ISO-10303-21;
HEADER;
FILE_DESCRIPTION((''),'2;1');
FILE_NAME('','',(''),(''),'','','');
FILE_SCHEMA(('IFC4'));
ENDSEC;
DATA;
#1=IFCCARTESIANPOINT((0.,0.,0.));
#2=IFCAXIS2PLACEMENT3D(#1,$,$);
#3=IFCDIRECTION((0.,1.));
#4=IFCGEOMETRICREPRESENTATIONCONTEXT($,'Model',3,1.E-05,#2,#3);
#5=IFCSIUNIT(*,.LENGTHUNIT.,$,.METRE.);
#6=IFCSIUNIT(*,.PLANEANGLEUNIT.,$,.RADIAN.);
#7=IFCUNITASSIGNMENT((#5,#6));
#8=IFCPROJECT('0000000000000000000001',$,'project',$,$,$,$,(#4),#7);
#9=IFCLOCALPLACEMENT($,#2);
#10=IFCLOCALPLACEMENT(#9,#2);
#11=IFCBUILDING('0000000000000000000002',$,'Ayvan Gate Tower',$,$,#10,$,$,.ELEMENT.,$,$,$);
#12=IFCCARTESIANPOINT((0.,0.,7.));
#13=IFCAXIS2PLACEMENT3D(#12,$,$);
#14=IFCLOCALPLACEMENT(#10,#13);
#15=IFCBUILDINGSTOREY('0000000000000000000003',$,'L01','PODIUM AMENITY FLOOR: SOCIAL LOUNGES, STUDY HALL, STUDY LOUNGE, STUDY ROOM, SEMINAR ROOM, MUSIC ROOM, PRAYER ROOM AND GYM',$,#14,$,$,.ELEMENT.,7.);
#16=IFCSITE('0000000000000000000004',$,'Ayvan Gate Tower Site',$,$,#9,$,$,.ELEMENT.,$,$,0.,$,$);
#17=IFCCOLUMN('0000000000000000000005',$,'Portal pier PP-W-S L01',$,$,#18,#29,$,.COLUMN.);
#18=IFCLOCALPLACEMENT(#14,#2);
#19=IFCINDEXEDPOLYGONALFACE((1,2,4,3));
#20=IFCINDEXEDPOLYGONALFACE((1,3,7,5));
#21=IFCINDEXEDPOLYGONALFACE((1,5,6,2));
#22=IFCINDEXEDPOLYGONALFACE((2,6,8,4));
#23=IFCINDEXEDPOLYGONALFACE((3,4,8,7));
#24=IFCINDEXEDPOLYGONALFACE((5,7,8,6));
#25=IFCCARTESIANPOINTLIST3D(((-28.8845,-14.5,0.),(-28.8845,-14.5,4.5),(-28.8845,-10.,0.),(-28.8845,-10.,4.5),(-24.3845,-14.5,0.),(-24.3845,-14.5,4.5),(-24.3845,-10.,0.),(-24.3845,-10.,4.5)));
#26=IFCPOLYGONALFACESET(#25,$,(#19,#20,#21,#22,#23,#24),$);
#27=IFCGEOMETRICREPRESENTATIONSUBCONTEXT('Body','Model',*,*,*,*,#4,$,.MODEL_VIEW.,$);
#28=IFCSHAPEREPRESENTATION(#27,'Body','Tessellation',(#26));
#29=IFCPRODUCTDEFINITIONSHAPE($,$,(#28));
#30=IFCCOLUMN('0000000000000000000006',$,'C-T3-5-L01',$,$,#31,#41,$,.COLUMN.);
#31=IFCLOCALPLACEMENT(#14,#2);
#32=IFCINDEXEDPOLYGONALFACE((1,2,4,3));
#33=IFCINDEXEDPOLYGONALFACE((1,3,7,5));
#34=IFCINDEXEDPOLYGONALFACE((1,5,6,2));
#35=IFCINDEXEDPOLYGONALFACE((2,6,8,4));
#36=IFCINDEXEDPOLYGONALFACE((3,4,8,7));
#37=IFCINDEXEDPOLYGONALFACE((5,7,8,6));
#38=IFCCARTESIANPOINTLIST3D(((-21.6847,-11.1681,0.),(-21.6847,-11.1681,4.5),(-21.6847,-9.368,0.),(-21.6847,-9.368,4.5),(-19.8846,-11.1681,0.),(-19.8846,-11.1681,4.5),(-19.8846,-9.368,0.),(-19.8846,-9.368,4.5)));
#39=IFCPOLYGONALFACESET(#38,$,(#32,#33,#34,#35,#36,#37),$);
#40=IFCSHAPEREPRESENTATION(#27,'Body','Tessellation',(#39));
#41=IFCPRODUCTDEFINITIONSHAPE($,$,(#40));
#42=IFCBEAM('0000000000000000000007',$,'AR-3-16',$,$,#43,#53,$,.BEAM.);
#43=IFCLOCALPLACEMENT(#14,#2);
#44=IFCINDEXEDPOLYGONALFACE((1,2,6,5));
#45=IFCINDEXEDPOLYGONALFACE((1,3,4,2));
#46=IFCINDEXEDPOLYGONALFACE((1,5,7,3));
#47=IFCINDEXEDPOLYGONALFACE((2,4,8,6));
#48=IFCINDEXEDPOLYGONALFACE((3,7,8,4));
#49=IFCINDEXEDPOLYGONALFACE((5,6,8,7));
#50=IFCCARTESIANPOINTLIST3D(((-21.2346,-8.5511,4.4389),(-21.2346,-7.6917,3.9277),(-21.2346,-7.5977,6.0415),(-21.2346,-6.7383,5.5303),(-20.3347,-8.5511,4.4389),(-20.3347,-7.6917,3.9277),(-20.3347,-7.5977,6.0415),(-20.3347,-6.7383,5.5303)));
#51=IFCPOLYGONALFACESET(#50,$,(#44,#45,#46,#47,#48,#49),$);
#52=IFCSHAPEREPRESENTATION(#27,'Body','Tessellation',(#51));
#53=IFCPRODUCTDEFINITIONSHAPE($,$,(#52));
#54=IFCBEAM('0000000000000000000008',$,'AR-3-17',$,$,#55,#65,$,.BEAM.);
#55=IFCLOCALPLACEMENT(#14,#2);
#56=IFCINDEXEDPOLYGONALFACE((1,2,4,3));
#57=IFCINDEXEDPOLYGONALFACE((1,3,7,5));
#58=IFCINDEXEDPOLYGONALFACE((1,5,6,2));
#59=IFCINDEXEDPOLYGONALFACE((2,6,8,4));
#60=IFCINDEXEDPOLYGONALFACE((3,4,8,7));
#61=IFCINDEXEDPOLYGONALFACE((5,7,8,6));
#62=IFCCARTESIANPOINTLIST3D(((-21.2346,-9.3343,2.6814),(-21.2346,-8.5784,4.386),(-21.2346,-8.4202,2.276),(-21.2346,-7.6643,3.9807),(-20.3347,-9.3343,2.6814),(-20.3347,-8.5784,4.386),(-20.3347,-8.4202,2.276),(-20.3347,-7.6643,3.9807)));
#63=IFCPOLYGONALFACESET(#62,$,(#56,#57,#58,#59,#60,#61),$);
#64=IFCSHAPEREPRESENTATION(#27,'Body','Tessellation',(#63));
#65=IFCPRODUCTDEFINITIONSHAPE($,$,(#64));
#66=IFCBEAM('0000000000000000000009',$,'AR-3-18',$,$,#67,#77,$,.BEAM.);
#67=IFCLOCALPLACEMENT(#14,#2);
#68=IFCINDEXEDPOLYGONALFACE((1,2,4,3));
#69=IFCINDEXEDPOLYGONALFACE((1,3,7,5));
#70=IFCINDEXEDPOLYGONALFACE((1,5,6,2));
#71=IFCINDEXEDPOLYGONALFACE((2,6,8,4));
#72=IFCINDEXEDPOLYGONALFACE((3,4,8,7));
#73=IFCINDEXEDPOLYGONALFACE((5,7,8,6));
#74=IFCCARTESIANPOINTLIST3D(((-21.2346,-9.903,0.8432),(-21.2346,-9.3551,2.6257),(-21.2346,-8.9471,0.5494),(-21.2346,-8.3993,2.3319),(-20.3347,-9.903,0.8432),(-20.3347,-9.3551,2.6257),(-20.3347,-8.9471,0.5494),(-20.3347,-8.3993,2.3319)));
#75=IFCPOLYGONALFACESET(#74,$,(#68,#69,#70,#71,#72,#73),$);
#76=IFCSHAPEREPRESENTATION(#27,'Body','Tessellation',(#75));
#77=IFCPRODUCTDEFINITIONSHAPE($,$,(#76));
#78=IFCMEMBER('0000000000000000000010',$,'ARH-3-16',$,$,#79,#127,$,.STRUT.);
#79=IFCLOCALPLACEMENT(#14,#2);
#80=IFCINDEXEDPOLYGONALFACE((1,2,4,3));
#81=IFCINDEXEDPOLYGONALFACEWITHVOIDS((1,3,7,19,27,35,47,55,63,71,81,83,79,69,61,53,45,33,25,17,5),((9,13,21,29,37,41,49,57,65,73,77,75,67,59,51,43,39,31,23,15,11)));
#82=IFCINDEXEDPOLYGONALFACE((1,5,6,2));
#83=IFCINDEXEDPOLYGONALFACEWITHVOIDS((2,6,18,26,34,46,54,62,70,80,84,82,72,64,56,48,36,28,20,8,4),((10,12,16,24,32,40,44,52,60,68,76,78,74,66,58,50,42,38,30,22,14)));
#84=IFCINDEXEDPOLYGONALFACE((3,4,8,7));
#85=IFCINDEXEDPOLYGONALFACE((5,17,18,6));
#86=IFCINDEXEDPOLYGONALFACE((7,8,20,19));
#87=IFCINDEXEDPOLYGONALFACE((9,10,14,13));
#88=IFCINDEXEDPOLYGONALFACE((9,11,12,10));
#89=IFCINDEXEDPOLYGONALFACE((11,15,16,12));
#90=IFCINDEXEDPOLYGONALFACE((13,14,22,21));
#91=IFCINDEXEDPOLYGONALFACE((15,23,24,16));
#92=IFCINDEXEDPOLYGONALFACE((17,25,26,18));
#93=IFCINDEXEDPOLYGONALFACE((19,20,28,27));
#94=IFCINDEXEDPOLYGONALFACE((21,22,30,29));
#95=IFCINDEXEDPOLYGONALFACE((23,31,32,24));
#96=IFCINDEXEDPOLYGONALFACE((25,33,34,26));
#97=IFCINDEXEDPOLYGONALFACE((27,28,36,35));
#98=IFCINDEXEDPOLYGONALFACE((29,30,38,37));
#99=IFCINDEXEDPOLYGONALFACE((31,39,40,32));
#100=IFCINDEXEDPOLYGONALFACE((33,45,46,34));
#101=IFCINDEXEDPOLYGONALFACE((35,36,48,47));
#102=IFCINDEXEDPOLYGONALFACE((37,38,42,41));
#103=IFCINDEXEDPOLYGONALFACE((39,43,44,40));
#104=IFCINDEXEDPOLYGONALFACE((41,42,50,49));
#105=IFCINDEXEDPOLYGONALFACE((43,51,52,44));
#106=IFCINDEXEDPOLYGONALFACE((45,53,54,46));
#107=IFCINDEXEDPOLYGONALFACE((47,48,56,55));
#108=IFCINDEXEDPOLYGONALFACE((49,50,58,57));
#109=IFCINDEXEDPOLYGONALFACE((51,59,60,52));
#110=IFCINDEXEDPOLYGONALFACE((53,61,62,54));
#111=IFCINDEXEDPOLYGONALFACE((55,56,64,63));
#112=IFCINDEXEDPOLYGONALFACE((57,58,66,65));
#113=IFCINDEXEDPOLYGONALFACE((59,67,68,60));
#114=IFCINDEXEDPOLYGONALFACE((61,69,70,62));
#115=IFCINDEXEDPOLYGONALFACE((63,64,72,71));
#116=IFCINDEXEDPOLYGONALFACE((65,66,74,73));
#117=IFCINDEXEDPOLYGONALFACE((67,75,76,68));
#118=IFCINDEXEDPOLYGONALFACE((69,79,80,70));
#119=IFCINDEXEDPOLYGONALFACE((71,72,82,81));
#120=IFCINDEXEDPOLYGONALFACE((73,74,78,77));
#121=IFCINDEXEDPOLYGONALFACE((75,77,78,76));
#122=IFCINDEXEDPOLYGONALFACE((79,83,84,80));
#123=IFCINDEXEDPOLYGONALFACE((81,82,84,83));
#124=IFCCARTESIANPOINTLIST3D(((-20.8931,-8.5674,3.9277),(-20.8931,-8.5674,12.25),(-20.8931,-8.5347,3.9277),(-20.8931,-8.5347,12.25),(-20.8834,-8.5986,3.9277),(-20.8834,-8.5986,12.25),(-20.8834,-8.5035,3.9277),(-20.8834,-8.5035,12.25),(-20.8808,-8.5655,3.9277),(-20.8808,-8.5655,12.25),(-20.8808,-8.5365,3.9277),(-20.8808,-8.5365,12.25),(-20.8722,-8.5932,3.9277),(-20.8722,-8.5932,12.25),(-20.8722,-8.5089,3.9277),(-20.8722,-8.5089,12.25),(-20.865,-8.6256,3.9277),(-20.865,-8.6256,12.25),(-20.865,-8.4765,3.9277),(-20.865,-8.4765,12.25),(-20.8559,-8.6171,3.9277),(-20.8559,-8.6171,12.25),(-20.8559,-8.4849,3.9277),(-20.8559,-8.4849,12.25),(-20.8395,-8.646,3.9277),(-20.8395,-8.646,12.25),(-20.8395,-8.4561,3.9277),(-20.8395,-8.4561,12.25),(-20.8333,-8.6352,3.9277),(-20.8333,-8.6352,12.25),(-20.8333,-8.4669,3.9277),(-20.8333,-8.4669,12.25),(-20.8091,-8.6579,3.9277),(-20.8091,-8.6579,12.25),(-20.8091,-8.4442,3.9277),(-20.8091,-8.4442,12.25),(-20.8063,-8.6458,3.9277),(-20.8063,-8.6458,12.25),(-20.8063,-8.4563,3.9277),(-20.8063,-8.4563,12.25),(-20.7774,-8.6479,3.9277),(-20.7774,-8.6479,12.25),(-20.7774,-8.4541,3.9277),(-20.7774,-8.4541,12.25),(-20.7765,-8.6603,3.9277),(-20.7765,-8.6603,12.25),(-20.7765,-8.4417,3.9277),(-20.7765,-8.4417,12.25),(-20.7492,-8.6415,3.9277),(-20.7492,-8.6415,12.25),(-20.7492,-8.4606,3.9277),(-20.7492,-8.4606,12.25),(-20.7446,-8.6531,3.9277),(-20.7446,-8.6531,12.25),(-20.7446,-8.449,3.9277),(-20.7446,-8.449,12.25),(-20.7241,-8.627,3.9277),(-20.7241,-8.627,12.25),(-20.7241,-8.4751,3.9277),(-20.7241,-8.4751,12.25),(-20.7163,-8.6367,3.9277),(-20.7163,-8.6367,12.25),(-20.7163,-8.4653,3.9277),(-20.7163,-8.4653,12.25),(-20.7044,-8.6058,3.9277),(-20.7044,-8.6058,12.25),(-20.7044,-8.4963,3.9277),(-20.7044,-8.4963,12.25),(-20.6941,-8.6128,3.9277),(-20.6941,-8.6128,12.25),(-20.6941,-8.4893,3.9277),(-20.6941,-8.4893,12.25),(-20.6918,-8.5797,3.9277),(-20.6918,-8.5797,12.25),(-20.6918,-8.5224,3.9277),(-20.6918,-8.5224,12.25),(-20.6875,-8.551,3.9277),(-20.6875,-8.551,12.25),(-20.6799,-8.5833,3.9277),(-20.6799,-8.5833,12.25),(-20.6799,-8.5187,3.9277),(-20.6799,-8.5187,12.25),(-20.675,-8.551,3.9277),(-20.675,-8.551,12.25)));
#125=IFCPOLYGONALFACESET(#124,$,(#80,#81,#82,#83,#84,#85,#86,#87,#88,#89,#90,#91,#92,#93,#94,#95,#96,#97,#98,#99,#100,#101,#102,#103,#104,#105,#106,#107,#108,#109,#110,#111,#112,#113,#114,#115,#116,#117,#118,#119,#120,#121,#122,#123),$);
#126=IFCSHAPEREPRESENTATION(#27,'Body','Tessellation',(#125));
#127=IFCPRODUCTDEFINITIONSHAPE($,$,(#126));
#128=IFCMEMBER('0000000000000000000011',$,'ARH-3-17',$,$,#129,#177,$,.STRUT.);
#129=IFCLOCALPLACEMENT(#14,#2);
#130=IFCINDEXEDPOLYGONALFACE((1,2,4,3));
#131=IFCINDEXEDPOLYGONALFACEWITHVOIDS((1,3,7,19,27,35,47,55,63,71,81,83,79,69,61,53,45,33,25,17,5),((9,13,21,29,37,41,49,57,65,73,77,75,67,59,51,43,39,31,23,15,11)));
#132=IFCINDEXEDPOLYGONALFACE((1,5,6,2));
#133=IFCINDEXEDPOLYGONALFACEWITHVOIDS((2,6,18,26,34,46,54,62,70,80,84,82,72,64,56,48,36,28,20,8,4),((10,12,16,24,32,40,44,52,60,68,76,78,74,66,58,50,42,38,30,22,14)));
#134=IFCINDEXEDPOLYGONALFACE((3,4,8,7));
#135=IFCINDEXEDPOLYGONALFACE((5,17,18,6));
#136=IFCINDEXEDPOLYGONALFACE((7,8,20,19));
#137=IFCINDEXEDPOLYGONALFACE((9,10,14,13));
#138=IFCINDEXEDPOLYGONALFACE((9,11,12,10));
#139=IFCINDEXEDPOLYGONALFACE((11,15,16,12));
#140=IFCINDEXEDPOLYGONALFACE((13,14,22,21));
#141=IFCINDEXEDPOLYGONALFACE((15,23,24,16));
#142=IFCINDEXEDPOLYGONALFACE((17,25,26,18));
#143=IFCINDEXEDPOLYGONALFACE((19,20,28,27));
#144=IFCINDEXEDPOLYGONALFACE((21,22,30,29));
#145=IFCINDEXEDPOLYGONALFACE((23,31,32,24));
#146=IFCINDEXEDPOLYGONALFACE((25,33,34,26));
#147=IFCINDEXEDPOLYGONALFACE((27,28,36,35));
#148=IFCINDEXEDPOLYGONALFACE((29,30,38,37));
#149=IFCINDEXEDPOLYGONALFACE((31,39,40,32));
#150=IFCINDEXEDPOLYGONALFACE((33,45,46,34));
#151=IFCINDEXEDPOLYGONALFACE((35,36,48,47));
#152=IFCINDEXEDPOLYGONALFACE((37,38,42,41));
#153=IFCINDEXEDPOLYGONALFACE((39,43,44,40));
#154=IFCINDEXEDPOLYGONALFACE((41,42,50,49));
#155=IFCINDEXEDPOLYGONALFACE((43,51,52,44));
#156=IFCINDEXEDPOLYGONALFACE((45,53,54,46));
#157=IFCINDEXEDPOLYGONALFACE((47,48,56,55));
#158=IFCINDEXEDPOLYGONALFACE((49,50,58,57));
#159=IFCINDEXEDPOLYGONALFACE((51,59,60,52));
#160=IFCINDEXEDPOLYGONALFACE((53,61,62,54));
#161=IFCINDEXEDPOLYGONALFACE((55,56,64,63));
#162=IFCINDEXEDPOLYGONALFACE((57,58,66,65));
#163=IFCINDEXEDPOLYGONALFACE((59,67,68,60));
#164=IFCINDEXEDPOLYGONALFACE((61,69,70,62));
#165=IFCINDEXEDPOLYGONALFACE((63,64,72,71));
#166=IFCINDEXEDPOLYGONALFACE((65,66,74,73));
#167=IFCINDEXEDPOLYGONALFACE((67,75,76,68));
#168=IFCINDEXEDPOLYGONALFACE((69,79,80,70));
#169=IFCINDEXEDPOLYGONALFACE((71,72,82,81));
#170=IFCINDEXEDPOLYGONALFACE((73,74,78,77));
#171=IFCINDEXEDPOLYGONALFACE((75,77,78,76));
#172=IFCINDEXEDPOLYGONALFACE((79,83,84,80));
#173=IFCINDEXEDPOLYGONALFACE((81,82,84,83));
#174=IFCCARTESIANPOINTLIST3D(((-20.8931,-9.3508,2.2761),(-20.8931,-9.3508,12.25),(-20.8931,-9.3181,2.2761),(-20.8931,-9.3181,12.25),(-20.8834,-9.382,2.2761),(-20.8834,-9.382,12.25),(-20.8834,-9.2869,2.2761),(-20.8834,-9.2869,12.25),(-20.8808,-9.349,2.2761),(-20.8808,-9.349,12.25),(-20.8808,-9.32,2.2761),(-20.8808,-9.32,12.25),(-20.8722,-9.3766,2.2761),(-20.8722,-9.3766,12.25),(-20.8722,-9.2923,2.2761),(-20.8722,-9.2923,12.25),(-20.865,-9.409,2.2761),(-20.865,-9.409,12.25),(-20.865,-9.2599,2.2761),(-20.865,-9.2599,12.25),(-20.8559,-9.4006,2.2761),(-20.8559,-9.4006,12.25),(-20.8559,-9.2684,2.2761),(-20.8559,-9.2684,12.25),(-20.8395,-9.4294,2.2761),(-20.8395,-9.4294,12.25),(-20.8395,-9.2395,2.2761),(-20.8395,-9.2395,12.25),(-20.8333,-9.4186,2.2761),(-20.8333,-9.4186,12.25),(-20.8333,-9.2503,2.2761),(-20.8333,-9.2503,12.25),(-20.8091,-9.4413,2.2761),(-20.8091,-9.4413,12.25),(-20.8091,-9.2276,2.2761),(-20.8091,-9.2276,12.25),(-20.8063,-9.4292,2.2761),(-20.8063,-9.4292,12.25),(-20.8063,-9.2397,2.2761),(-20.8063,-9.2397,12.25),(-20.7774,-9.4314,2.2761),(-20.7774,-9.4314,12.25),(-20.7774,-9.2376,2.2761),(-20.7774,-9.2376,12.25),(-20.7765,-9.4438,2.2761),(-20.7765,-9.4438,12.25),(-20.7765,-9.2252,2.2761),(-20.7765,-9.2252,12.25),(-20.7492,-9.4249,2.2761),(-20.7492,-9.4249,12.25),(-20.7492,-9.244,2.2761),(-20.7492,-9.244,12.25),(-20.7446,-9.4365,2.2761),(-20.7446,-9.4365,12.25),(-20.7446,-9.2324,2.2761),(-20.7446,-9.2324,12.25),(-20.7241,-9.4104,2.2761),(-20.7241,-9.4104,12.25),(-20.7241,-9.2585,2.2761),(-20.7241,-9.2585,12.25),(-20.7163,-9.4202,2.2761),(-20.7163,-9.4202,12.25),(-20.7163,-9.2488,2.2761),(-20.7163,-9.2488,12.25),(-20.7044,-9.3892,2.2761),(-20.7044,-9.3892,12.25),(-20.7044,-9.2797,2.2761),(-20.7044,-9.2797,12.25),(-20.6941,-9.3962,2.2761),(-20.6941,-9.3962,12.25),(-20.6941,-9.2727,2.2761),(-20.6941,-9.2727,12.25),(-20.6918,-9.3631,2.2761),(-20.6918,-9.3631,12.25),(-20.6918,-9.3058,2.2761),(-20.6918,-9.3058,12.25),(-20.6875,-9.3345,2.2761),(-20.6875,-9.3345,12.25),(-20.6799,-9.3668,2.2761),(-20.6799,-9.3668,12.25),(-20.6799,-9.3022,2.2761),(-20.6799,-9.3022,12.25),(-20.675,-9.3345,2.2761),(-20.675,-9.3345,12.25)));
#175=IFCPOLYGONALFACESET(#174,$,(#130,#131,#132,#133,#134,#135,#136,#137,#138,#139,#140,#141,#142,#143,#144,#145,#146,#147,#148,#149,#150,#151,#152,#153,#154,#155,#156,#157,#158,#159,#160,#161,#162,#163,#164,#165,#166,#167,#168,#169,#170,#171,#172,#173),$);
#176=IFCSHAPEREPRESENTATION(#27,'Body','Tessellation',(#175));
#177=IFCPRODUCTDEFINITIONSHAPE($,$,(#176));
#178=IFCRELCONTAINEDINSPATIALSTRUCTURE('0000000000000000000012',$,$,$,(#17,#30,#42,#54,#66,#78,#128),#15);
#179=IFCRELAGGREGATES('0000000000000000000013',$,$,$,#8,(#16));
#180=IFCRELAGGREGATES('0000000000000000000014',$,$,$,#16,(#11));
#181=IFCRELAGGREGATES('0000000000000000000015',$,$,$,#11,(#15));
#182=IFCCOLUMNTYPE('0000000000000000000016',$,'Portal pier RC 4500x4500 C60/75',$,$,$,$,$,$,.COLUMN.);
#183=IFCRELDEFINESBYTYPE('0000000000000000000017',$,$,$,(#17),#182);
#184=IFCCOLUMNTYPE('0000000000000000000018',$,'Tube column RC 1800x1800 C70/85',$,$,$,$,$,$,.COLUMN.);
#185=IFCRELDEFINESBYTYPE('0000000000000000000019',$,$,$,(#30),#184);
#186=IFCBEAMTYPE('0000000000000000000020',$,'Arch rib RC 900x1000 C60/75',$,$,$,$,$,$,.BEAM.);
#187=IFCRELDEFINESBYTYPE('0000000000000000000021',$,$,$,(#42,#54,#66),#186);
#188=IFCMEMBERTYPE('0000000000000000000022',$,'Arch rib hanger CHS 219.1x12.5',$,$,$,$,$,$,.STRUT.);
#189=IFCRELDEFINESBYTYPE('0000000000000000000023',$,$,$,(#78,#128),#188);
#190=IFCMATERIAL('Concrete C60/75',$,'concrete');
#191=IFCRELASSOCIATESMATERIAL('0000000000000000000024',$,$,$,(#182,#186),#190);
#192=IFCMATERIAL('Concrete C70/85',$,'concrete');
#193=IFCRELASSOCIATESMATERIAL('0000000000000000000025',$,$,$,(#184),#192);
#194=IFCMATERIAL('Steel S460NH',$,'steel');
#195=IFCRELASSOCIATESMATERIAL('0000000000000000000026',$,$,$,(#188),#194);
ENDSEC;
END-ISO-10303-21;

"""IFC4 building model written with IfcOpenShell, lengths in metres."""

from ifc_helpers import new_model, si_unit, direction, frame, origin, origin_2d, place, context, subcontext, project, spatial, rectangle, hollow_circle, extrude, material, material_profile, profile_set, type_object, element, save


model = new_model("IFC4")

# Units and contexts
model_context = context("Model", 3, precision=1e-05, world=origin(), true_north=direction((0.0, 1.0)))
body_context = subcontext(model_context, "Body", "Model", "MODEL_VIEW")
ifc_project = project(units=[si_unit("LENGTHUNIT", "METRE"), si_unit("PLANEANGLEUNIT", "RADIAN")], contexts=[model_context])

# Site, building, storey
site_placement = place(None, origin())
site = spatial("IfcSite", under=ifc_project, at=site_placement, Name="Ayvan Gate Tower Site", CompositionType="ELEMENT", RefElevation=0.0)
building_placement = place(site_placement, origin())
building = spatial("IfcBuilding", under=site, at=building_placement, Name="Ayvan Gate Tower", CompositionType="ELEMENT")
storey_placement = place(building_placement, frame((0.0, 0.0, 7.0)))
storey = spatial("IfcBuildingStorey", under=building, at=storey_placement, Name="L01", Description="PODIUM AMENITY FLOOR: SOCIAL LOUNGES, STUDY HALL, STUDY LOUNGE, STUDY ROOM, SEMINAR ROOM, MUSIC ROOM, PRAYER ROOM AND GYM", CompositionType="ELEMENT", Elevation=7.0)

# Columns
ifc_material_1 = material(Name="Concrete C60/75", Category="concrete")
ifc_material_profile_1 = material_profile(ifc_material_1, rectangle(XDim=4.5, YDim=4.5, at=origin_2d()), Name="RC 4500x4500")
ifc_profile_set_1 = profile_set([ifc_material_profile_1], Name="Concrete C60/75")
column_type_1 = type_object("IfcColumnType", Name="Portal pier RC 4500x4500 C60/75", PredefinedType="COLUMN", material=ifc_profile_set_1)
column_1_placement = place(storey_placement, frame((-26.6345, -12.25, 0.0), z_axis=(0.0, 0.0, 1.0), x_axis=(-1.0, 0.0, 0.0)))
element("IfcColumn", 1, at=column_1_placement, inside=storey, type_object=column_type_1, Name="Portal pier PP-W-S L01", PredefinedType="COLUMN", context=body_context, shape_type="SweptSolid", body=[
    extrude(rectangle(XDim=4.5, YDim=4.5, at=origin_2d()), origin(), (0.0, 0.0, 1.0), 4.5),
])
ifc_material_2 = material(Name="Concrete C70/85", Category="concrete")
ifc_material_profile_2 = material_profile(ifc_material_2, rectangle(XDim=1.8, YDim=1.8, at=origin_2d()), Name="RC 1800x1800")
ifc_profile_set_2 = profile_set([ifc_material_profile_2], Name="Concrete C70/85")
column_type_2 = type_object("IfcColumnType", Name="Tube column RC 1800x1800 C70/85", PredefinedType="COLUMN", material=ifc_profile_set_2)
column_2_placement = place(storey_placement, frame((-20.7847, -10.2681, 0.0), z_axis=(0.0, 0.0, 1.0), x_axis=(-1.0, 0.0, 0.0)))
element("IfcColumn", 2, at=column_2_placement, inside=storey, type_object=column_type_2, Name="C-T3-5-L01", PredefinedType="COLUMN", context=body_context, shape_type="SweptSolid", body=[
    extrude(rectangle(XDim=1.8, YDim=1.8, at=origin_2d()), origin(), (0.0, 0.0, 1.0), 4.5),
])

# Beams
ifc_material_profile_3 = material_profile(ifc_material_1, rectangle(XDim=0.8999, YDim=1.0, at=origin_2d()), Name="RC 900x1000")
ifc_profile_set_3 = profile_set([ifc_material_profile_3], Name="Concrete C60/75")
beam_type_1 = type_object("IfcBeamType", Name="Arch rib RC 900x1000 C60/75", PredefinedType="BEAM", material=ifc_profile_set_3)
for number, where, z_axis, x_axis, name in (
    (3, (-20.7847, -7.168, 5.7859), (0.0, -0.511277, -0.859416), (1.0, 0.0, 0.0), "AR-3-16"),
    (4, (-20.7847, -8.1213, 4.1833), (0.0, -0.405361, -0.914157), (1.0, 0.0, 0.0), "AR-3-17"),
    (5, (-20.7847, -8.8772, 2.4788), (0.0, -0.293791, -0.95587), (1.0, 0.0, 0.0), "AR-3-18"),
):
    element("IfcBeam", number, at=place(storey_placement, frame(where, z_axis=z_axis, x_axis=x_axis)), inside=storey, type_object=beam_type_1, Name=name, PredefinedType="BEAM", context=body_context, shape_type="SweptSolid", body=[
        extrude(rectangle(XDim=0.8999, YDim=1.0, at=origin_2d()), origin(), (0.0, 0.0, 1.0), 1.8647),
    ])

# Members
ifc_material_3 = material(Name="Steel S460NH", Category="steel")
ifc_material_profile_4 = material_profile(ifc_material_3, hollow_circle(Radius=0.1096, WallThickness=0.0125, at=origin_2d()), Name="CHS 219.1x12.5")
ifc_profile_set_4 = profile_set([ifc_material_profile_4], Name="Steel S460NH")
member_type_1 = type_object("IfcMemberType", Name="Arch rib hanger CHS 219.1x12.5", PredefinedType="STRUT", material=ifc_profile_set_4)
member_1_placement = place(storey_placement, frame((-20.7847, -8.551, 3.9277), z_axis=(0.0, 0.0, 1.0), x_axis=(1.0, 0.0, 0.0)))
element("IfcMember", 6, at=member_1_placement, inside=storey, type_object=member_type_1, Name="ARH-3-16", PredefinedType="STRUT", context=body_context, shape_type="SweptSolid", body=[
    extrude(hollow_circle(Radius=0.1096, WallThickness=0.0125, at=origin_2d()), origin(), (0.0, 0.0, 1.0), 8.3223),
])
member_2_placement = place(storey_placement, frame((-20.7847, -9.3345, 2.2761), z_axis=(0.0, 0.0, 1.0), x_axis=(1.0, 0.0, 0.0)))
element("IfcMember", 7, at=member_2_placement, inside=storey, type_object=member_type_1, Name="ARH-3-17", PredefinedType="STRUT", context=body_context, shape_type="SweptSolid", body=[
    extrude(hollow_circle(Radius=0.1096, WallThickness=0.0125, at=origin_2d()), origin(), (0.0, 0.0, 1.0), 9.9739),
])

save(model, "model.ifc")
